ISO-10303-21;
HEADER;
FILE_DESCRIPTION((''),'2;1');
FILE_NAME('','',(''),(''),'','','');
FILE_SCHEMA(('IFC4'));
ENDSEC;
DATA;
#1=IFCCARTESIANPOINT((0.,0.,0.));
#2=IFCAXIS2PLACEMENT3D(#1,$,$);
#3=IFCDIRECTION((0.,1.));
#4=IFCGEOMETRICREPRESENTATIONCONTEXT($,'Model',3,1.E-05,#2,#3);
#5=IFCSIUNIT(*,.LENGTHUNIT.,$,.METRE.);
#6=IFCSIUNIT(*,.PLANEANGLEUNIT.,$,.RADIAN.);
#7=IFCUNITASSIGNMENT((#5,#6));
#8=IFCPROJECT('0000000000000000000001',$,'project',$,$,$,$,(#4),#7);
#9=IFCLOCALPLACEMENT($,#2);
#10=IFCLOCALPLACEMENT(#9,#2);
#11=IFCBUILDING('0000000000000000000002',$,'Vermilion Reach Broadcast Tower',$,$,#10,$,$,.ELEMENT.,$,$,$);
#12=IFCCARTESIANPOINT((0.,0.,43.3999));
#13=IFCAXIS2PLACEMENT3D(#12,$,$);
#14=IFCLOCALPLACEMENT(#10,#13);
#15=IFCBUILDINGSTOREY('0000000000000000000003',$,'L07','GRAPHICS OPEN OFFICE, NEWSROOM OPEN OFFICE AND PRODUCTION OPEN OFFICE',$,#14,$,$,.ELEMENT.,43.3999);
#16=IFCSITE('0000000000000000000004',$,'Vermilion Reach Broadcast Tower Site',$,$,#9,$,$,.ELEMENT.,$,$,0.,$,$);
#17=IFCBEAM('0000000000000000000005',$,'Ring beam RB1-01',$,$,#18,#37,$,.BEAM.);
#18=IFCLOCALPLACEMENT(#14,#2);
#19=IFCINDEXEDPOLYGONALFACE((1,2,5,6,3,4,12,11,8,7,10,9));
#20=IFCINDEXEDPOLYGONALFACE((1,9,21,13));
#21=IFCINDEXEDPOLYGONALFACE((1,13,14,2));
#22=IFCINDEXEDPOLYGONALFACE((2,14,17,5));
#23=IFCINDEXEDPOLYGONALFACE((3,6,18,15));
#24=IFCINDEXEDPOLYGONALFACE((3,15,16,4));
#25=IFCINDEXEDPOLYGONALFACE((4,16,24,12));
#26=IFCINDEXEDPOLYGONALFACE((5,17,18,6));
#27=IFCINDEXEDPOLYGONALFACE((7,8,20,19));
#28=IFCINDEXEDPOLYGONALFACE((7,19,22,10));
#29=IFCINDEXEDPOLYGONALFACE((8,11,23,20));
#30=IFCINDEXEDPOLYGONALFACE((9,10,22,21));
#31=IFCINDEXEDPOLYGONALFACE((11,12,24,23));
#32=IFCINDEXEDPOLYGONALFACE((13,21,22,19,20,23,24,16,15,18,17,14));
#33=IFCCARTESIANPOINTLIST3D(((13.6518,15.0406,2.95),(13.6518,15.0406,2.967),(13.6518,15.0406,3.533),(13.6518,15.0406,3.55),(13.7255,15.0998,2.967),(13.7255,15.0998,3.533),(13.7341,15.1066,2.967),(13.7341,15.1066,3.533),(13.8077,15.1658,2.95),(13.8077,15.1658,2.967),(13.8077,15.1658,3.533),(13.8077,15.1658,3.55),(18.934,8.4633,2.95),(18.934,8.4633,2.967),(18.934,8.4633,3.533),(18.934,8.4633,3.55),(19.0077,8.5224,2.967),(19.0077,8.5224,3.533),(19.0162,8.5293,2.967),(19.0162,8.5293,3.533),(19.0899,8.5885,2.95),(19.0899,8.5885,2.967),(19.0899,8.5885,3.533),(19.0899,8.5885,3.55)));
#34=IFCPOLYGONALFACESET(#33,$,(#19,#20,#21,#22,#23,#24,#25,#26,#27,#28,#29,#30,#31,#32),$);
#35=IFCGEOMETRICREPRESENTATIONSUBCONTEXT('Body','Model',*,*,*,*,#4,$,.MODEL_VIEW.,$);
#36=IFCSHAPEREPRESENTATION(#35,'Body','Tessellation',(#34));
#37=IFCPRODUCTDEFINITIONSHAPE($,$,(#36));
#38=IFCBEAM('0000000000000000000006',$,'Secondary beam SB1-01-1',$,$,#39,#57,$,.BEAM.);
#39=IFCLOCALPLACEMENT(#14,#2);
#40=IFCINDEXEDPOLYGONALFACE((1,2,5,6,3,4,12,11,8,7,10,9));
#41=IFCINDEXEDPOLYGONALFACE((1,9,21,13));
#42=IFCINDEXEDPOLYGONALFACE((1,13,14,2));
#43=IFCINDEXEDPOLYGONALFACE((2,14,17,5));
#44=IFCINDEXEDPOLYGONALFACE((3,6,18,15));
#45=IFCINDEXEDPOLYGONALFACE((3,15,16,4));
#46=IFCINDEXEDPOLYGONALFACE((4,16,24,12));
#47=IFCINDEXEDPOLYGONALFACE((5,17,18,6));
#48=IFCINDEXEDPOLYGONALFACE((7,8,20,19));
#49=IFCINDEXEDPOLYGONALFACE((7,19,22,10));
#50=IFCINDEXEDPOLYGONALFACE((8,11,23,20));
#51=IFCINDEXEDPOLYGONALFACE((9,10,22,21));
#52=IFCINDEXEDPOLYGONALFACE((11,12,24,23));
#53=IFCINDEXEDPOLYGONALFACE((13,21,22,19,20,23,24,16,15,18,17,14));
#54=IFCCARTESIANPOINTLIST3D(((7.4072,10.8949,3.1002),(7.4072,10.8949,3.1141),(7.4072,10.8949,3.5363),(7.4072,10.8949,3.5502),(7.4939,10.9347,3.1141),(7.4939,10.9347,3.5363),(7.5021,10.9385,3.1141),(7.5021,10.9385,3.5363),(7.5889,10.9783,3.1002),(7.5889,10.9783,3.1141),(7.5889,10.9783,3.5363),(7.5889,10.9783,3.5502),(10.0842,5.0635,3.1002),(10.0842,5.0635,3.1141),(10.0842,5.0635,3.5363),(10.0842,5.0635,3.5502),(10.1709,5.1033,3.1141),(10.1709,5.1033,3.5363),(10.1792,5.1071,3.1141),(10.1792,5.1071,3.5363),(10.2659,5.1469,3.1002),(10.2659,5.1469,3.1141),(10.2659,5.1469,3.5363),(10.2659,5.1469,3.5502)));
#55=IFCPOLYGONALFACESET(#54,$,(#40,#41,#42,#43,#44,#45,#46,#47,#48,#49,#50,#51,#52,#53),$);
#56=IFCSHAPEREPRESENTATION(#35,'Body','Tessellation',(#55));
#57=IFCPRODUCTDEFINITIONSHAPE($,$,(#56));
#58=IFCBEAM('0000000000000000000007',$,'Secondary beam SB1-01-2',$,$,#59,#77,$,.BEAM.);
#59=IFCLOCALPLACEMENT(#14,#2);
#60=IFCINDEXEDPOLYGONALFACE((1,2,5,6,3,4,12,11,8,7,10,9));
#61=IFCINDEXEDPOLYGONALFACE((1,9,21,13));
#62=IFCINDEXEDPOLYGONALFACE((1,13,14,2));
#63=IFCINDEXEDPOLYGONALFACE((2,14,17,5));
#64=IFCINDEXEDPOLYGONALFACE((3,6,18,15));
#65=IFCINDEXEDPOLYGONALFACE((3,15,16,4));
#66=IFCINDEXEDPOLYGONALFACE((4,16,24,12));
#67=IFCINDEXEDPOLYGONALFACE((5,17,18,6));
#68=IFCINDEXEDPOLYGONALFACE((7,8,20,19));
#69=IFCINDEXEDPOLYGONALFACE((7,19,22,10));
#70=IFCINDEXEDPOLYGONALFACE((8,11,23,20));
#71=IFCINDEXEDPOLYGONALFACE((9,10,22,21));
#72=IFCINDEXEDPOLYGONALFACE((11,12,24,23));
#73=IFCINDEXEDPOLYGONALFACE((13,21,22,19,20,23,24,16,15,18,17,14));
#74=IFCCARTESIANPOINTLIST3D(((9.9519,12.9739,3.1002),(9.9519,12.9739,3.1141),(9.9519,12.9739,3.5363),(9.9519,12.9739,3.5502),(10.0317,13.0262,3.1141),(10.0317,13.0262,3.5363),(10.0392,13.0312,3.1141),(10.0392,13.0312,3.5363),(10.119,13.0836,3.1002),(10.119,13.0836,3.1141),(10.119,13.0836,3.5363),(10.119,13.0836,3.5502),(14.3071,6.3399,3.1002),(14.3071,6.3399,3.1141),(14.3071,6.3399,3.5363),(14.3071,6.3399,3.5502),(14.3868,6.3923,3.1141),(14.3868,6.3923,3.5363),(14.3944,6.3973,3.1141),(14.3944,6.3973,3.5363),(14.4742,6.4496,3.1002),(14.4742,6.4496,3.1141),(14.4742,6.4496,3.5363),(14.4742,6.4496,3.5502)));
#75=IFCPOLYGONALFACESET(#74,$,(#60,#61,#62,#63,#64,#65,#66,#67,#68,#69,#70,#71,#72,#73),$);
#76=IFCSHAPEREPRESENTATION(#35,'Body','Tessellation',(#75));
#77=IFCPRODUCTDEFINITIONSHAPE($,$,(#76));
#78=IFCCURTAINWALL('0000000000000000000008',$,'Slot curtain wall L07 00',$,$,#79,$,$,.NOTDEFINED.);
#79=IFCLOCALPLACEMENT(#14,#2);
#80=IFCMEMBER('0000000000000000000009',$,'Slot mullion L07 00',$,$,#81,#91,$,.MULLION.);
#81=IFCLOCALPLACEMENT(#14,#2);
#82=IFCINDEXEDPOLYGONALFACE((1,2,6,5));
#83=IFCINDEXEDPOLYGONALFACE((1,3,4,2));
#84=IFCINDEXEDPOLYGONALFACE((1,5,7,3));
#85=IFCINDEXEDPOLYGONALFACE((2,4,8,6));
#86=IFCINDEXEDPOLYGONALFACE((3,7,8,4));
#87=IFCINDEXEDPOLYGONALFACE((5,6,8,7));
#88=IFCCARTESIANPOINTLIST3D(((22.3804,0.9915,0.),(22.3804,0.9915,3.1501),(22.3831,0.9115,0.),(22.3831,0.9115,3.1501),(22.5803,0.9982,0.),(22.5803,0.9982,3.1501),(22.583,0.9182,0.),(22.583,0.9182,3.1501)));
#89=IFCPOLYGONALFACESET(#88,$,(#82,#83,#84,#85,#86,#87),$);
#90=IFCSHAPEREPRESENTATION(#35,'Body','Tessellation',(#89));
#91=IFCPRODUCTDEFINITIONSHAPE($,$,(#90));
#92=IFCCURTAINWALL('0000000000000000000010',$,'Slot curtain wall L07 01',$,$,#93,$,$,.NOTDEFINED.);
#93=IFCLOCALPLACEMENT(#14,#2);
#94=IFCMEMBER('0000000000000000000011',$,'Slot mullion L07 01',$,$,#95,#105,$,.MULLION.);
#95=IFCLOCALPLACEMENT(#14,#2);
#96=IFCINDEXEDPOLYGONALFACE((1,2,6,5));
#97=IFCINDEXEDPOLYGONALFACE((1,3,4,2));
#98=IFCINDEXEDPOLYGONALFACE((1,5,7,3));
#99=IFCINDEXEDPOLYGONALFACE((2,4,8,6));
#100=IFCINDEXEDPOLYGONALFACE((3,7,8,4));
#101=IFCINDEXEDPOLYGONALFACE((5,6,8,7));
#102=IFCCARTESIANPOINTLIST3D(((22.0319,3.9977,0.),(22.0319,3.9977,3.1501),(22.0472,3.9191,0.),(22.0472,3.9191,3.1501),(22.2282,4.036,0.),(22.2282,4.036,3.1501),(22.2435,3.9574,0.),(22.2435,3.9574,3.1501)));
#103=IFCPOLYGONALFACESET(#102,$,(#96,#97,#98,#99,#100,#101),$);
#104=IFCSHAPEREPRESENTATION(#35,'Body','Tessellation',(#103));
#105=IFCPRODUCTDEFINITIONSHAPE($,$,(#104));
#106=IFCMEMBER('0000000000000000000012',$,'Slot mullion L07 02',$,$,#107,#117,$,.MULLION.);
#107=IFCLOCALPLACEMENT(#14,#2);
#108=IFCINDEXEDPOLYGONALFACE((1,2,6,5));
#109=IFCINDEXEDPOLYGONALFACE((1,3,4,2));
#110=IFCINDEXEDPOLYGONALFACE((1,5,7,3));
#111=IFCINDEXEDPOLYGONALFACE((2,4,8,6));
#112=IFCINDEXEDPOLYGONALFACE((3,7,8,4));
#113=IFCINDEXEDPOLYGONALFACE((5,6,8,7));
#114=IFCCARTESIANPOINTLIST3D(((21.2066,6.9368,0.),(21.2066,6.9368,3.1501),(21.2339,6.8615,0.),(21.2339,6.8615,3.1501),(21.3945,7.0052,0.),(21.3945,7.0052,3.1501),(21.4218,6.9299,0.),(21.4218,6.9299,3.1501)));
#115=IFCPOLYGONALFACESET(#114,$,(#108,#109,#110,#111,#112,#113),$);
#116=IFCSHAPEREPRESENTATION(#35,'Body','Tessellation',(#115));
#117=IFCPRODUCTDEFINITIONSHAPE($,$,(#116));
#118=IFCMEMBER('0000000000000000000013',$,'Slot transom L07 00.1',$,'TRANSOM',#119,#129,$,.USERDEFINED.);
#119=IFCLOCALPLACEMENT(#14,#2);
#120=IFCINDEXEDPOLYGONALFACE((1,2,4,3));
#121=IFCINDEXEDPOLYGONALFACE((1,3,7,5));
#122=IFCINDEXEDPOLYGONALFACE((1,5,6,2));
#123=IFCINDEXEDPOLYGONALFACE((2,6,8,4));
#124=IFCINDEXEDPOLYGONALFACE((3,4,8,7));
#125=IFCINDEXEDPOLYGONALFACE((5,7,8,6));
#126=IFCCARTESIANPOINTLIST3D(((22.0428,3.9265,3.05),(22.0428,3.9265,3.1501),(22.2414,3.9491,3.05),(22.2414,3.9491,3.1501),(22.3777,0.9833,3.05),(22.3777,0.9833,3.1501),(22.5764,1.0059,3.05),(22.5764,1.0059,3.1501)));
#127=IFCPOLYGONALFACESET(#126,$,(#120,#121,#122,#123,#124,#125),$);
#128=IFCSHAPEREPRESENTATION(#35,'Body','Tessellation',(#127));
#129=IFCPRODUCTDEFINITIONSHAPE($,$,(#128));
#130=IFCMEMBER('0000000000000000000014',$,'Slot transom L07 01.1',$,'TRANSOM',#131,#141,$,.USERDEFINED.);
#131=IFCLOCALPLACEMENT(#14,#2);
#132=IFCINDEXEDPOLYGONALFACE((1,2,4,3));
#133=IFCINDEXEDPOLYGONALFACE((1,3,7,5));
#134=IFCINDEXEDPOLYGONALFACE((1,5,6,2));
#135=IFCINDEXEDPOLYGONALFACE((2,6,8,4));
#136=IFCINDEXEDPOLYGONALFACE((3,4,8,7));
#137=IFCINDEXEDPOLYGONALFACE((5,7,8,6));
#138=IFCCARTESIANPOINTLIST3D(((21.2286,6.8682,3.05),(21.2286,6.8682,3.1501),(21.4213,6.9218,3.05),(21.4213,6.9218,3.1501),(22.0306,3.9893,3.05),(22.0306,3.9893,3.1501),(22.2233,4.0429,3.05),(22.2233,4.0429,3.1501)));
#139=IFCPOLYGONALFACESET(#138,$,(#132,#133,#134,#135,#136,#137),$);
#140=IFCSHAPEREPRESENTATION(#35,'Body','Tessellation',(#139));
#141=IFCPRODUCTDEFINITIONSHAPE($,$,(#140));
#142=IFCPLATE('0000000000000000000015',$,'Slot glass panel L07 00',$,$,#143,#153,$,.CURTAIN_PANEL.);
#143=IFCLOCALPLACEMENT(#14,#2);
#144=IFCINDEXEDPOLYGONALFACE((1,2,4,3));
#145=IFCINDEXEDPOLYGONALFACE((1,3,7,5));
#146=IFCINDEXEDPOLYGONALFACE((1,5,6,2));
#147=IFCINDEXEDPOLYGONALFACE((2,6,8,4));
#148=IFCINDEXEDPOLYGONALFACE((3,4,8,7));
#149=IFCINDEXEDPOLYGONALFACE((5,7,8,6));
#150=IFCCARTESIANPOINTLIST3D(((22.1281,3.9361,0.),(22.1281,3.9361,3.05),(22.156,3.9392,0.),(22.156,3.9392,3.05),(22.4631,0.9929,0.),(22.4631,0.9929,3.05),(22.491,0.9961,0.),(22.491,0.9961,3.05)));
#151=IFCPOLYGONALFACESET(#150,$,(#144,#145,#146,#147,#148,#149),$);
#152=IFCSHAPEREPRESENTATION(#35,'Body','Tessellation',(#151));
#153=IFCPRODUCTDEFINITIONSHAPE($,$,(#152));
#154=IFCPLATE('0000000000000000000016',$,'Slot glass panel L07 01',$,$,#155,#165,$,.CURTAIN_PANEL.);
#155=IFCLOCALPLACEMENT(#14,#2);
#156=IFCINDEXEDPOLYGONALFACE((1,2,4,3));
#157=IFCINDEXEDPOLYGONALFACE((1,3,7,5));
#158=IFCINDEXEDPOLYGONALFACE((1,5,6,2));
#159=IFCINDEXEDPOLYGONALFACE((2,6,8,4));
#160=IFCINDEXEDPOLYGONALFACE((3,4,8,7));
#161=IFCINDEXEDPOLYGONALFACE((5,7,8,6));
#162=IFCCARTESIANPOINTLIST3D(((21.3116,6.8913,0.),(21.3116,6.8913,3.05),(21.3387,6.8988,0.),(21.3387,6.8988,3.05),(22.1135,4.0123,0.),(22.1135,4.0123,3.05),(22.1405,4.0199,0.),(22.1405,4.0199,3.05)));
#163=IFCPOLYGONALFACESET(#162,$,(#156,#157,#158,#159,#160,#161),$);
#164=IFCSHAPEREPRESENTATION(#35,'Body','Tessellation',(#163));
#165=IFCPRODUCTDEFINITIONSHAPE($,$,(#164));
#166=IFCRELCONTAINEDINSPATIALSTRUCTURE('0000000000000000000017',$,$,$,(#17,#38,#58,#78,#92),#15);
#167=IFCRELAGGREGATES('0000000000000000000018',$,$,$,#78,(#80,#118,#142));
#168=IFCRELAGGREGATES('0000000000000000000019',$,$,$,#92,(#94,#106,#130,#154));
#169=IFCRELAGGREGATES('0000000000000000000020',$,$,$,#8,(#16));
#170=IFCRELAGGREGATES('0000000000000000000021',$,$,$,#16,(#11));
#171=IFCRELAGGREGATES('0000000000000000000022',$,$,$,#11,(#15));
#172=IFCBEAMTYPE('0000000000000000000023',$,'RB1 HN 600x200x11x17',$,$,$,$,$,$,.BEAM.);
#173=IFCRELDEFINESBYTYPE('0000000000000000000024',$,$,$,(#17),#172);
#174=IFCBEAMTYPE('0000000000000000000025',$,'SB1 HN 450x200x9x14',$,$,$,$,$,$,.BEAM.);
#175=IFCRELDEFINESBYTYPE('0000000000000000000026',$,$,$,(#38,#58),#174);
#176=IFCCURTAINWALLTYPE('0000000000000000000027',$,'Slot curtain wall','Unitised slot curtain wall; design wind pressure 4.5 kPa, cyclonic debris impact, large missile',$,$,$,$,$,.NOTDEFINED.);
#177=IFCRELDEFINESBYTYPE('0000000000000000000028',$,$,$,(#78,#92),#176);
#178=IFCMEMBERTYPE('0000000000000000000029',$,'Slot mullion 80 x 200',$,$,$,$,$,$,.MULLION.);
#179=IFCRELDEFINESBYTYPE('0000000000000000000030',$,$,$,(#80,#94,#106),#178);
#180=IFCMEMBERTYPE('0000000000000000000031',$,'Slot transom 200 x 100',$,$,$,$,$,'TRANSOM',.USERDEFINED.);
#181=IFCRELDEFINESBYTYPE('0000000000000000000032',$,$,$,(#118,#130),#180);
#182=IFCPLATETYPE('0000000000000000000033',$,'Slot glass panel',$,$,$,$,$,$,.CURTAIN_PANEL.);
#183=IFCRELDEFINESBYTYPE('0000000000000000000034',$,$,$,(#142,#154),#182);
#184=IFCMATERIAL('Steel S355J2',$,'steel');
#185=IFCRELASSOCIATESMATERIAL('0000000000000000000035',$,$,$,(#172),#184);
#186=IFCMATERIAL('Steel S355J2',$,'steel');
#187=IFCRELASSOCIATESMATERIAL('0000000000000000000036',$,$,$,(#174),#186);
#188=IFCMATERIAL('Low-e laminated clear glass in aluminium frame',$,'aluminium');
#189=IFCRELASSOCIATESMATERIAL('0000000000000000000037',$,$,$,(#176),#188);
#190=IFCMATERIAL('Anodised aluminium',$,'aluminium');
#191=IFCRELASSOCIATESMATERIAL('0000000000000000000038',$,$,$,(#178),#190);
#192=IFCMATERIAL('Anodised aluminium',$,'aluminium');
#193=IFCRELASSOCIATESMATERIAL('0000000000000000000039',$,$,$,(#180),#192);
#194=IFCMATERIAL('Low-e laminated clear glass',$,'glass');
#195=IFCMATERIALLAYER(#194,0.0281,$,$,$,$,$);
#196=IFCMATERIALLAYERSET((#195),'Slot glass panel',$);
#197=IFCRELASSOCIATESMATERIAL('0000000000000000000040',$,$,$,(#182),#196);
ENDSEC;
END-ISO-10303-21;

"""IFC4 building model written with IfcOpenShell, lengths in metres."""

from ifc_helpers import new_model, si_unit, direction, frame, origin, origin_2d, place, context, subcontext, project, spatial, rectangle, i_section, extrude, material, layer, layer_set, material_profile, profile_set, type_object, element, aggregate, save


model = new_model("IFC4")

# Units and contexts
model_context = context("Model", 3, precision=1e-05, world=origin(), true_north=direction((0.0, 1.0)))
body_context = subcontext(model_context, "Body", "Model", "MODEL_VIEW")
ifc_project = project(units=[si_unit("LENGTHUNIT", "METRE"), si_unit("PLANEANGLEUNIT", "RADIAN")], contexts=[model_context])

# Site, building, storey
site_placement = place(None, origin())
site = spatial("IfcSite", under=ifc_project, at=site_placement, Name="Vermilion Reach Broadcast Tower Site", CompositionType="ELEMENT", RefElevation=0.0)
building_placement = place(site_placement, origin())
building = spatial("IfcBuilding", under=site, at=building_placement, Name="Vermilion Reach Broadcast Tower", CompositionType="ELEMENT")
storey_placement = place(building_placement, frame((0.0, 0.0, 43.3999)))
storey = spatial("IfcBuildingStorey", under=building, at=storey_placement, Name="L07", Description="GRAPHICS OPEN OFFICE, NEWSROOM OPEN OFFICE AND PRODUCTION OPEN OFFICE", CompositionType="ELEMENT", Elevation=43.3999)

# Beams
ifc_material_1 = material(Name="Steel S355J2", Category="steel")
ifc_material_profile_1 = material_profile(ifc_material_1, i_section(OverallWidth=0.2, OverallDepth=0.6001, WebThickness=0.011, FlangeThickness=0.0171, at=origin_2d()), Name="S355J2 HN 600x200x11x17")
ifc_profile_set_1 = profile_set([ifc_material_profile_1], Name="Steel S355J2")
beam_type_1 = type_object("IfcBeamType", Name="RB1 HN 600x200x11x17", PredefinedType="BEAM", material=ifc_profile_set_1)
beam_1_placement = place(storey_placement, frame((19.012, 8.5259, 3.25), z_axis=(-0.626162, 0.779693, 0.0), x_axis=(-0.779693, -0.626162, 0.0)))
element("IfcBeam", 1, at=beam_1_placement, inside=storey, type_object=beam_type_1, Name="Ring beam RB1-01", PredefinedType="BEAM", context=body_context, shape_type="SweptSolid", body=[
    extrude(i_section(OverallWidth=0.2, OverallDepth=0.6001, WebThickness=0.011, FlangeThickness=0.0171, at=origin_2d()), origin(), (0.0, 0.0, 1.0), 8.4358),
])
ifc_material_2 = material(Name="Steel S355J2", Category="steel")
ifc_material_profile_2 = material_profile(ifc_material_2, i_section(OverallWidth=0.2, OverallDepth=0.45, WebThickness=0.009, FlangeThickness=0.0139, at=origin_2d()), Name="S355J2 HN 450x200x9x14")
ifc_profile_set_2 = profile_set([ifc_material_profile_2], Name="Steel S355J2")
beam_type_2 = type_object("IfcBeamType", Name="SB1 HN 450x200x9x14", PredefinedType="BEAM", material=ifc_profile_set_2)
beam_2_placement = place(storey_placement, frame((10.175, 5.1052, 3.3252), z_axis=(-0.417211, 0.908809, 0.0), x_axis=(-0.908809, -0.417211, 0.0)))
element("IfcBeam", 2, at=beam_2_placement, inside=storey, type_object=beam_type_2, Name="Secondary beam SB1-01-1", PredefinedType="BEAM", context=body_context, shape_type="SweptSolid", body=[
    extrude(i_section(OverallWidth=0.2, OverallDepth=0.45, WebThickness=0.009, FlangeThickness=0.0139, at=origin_2d()), origin(), (0.0, 0.0, 1.0), 6.4165),
])
beam_3_placement = place(storey_placement, frame((14.3906, 6.3948, 3.3252), z_axis=(-0.548801, 0.835953, 0.0), x_axis=(-0.835953, -0.548801, 0.0)))
element("IfcBeam", 3, at=beam_3_placement, inside=storey, type_object=beam_type_2, Name="Secondary beam SB1-01-2", PredefinedType="BEAM", context=body_context, shape_type="SweptSolid", body=[
    extrude(i_section(OverallWidth=0.2, OverallDepth=0.45, WebThickness=0.009, FlangeThickness=0.0139, at=origin_2d()), origin(), (0.0, 0.0, 1.0), 7.9358),
])

# Curtain wall, member
ifc_material_3 = material(Name="Low-e laminated clear glass in aluminium frame", Category="aluminium")
curtain_wall_type = type_object("IfcCurtainWallType", Name="Slot curtain wall", Description="Unitised slot curtain wall; design wind pressure 4.5 kPa, cyclonic debris impact, large missile", PredefinedType="NOTDEFINED", material=ifc_material_3)
placement = place(storey_placement, origin())
curtain_wall_1 = element("IfcCurtainWall", 4, at=placement, inside=storey, type_object=curtain_wall_type, Name="Slot curtain wall L07 00", PredefinedType="NOTDEFINED")
ifc_material_4 = material(Name="Anodised aluminium", Category="aluminium")
ifc_material_profile_3 = material_profile(ifc_material_4, rectangle(XDim=0.2, YDim=0.0801, at=origin_2d()), Name="Slot mullion 80 x 200")
ifc_profile_set_3 = profile_set([ifc_material_profile_3], Name="Anodised aluminium")
member_type_1 = type_object("IfcMemberType", Name="Slot mullion 80 x 200", PredefinedType="MULLION", material=ifc_profile_set_3)
member_1_placement = place(storey_placement, frame((22.4817, 0.9548, 0.0), z_axis=(0.0, 0.0, 1.0), x_axis=(-0.999439, -0.033504, 0.0)))
member_1 = element("IfcMember", 5, at=member_1_placement, type_object=member_type_1, Name="Slot mullion L07 00", PredefinedType="MULLION", context=body_context, shape_type="SweptSolid", body=[
    extrude(rectangle(XDim=0.2, YDim=0.0801, at=origin_2d()), origin(), (0.0, 0.0, 1.0), 3.1501),
])

# Curtain wall, members
curtain_wall_2 = element("IfcCurtainWall", 6, at=placement, inside=storey, type_object=curtain_wall_type, Name="Slot curtain wall L07 01", PredefinedType="NOTDEFINED")
member_2_placement = place(storey_placement, frame((22.1377, 3.9775, 0.0), z_axis=(0.0, 0.0, 1.0), x_axis=(-0.981531, -0.191304, 0.0)))
member_2 = element("IfcMember", 7, at=member_2_placement, type_object=member_type_1, Name="Slot mullion L07 01", PredefinedType="MULLION", context=body_context, shape_type="SweptSolid", body=[
    extrude(rectangle(XDim=0.2, YDim=0.0801, at=origin_2d()), origin(), (0.0, 0.0, 1.0), 3.1501),
])
member_3_placement = place(storey_placement, frame((21.3142, 6.9333, 0.0), z_axis=(0.0, 0.0, 1.0), x_axis=(-0.939732, -0.341912, 0.0)))
member_3 = element("IfcMember", 8, at=member_3_placement, type_object=member_type_1, Name="Slot mullion L07 02", PredefinedType="MULLION", context=body_context, shape_type="SweptSolid", body=[
    extrude(rectangle(XDim=0.2, YDim=0.0801, at=origin_2d()), origin(), (0.0, 0.0, 1.0), 3.1501),
])

# Members
ifc_material_5 = material(Name="Anodised aluminium", Category="aluminium")
ifc_material_profile_4 = material_profile(ifc_material_5, rectangle(XDim=0.2, YDim=0.1001, at=origin_2d()), Name="Slot transom 200 x 100")
ifc_profile_set_4 = profile_set([ifc_material_profile_4], Name="Anodised aluminium")
member_type_2 = type_object("IfcMemberType", Name="Slot transom 200 x 100", ElementType="TRANSOM", PredefinedType="USERDEFINED", material=ifc_profile_set_4)
member_4_placement = place(storey_placement, frame((22.4771, 0.9946, 3.1001), z_axis=(-0.113082, 0.993586, 0.0), x_axis=(-0.993586, -0.113082, 0.0)))
member_4 = element("IfcMember", 9, at=member_4_placement, type_object=member_type_2, Name="Slot transom L07 00.1", ObjectType="TRANSOM", PredefinedType="USERDEFINED", context=body_context, shape_type="SweptSolid", body=[
    extrude(rectangle(XDim=0.2, YDim=0.1001, at=origin_2d()), origin(), (0.0, 0.0, 1.0), 2.9622),
])
member_5_placement = place(storey_placement, frame((22.127, 4.0161, 3.1001), z_axis=(-0.26836, 0.963319, 0.0), x_axis=(-0.963319, -0.26836, 0.0)))
member_5 = element("IfcMember", 10, at=member_5_placement, type_object=member_type_2, Name="Slot transom L07 01.1", ObjectType="TRANSOM", PredefinedType="USERDEFINED", context=body_context, shape_type="SweptSolid", body=[
    extrude(rectangle(XDim=0.2, YDim=0.1001, at=origin_2d()), origin(), (0.0, 0.0, 1.0), 2.9885),
])

# Plates
ifc_material_6 = material(Name="Low-e laminated clear glass", Category="glass")
ifc_layer_1 = layer(ifc_material_6, 0.0281)
ifc_layer_set_1 = layer_set([ifc_layer_1], Name="Slot glass panel")
plate_type = type_object("IfcPlateType", Name="Slot glass panel", PredefinedType="CURTAIN_PANEL", material=ifc_layer_set_1)
plate_1_placement = place(storey_placement, frame((22.3096, 2.4661, 0.0), z_axis=(0.0, 0.0, 1.0), x_axis=(-0.113086, 0.993585, 0.0)))
plate_1 = element("IfcPlate", 11, at=plate_1_placement, type_object=plate_type, Name="Slot glass panel L07 00", PredefinedType="CURTAIN_PANEL", context=body_context, shape_type="SweptSolid", body=[
    extrude(rectangle(XDim=2.9622, YDim=0.0281, at=origin_2d()), origin(), (0.0, 0.0, 1.0), 3.05),
])
aggregate(curtain_wall_1, [member_1, member_4, plate_1])
plate_2_placement = place(storey_placement, frame((21.7261, 5.4556, 0.0), z_axis=(0.0, 0.0, 1.0), x_axis=(-0.268324, 0.963329, 0.0)))
plate_2 = element("IfcPlate", 12, at=plate_2_placement, type_object=plate_type, Name="Slot glass panel L07 01", PredefinedType="CURTAIN_PANEL", context=body_context, shape_type="SweptSolid", body=[
    extrude(rectangle(XDim=2.9885, YDim=0.0281, at=origin_2d()), origin(), (0.0, 0.0, 1.0), 3.05),
])
aggregate(curtain_wall_2, [member_2, member_3, member_5, plate_2])

save(model, "model.ifc")
